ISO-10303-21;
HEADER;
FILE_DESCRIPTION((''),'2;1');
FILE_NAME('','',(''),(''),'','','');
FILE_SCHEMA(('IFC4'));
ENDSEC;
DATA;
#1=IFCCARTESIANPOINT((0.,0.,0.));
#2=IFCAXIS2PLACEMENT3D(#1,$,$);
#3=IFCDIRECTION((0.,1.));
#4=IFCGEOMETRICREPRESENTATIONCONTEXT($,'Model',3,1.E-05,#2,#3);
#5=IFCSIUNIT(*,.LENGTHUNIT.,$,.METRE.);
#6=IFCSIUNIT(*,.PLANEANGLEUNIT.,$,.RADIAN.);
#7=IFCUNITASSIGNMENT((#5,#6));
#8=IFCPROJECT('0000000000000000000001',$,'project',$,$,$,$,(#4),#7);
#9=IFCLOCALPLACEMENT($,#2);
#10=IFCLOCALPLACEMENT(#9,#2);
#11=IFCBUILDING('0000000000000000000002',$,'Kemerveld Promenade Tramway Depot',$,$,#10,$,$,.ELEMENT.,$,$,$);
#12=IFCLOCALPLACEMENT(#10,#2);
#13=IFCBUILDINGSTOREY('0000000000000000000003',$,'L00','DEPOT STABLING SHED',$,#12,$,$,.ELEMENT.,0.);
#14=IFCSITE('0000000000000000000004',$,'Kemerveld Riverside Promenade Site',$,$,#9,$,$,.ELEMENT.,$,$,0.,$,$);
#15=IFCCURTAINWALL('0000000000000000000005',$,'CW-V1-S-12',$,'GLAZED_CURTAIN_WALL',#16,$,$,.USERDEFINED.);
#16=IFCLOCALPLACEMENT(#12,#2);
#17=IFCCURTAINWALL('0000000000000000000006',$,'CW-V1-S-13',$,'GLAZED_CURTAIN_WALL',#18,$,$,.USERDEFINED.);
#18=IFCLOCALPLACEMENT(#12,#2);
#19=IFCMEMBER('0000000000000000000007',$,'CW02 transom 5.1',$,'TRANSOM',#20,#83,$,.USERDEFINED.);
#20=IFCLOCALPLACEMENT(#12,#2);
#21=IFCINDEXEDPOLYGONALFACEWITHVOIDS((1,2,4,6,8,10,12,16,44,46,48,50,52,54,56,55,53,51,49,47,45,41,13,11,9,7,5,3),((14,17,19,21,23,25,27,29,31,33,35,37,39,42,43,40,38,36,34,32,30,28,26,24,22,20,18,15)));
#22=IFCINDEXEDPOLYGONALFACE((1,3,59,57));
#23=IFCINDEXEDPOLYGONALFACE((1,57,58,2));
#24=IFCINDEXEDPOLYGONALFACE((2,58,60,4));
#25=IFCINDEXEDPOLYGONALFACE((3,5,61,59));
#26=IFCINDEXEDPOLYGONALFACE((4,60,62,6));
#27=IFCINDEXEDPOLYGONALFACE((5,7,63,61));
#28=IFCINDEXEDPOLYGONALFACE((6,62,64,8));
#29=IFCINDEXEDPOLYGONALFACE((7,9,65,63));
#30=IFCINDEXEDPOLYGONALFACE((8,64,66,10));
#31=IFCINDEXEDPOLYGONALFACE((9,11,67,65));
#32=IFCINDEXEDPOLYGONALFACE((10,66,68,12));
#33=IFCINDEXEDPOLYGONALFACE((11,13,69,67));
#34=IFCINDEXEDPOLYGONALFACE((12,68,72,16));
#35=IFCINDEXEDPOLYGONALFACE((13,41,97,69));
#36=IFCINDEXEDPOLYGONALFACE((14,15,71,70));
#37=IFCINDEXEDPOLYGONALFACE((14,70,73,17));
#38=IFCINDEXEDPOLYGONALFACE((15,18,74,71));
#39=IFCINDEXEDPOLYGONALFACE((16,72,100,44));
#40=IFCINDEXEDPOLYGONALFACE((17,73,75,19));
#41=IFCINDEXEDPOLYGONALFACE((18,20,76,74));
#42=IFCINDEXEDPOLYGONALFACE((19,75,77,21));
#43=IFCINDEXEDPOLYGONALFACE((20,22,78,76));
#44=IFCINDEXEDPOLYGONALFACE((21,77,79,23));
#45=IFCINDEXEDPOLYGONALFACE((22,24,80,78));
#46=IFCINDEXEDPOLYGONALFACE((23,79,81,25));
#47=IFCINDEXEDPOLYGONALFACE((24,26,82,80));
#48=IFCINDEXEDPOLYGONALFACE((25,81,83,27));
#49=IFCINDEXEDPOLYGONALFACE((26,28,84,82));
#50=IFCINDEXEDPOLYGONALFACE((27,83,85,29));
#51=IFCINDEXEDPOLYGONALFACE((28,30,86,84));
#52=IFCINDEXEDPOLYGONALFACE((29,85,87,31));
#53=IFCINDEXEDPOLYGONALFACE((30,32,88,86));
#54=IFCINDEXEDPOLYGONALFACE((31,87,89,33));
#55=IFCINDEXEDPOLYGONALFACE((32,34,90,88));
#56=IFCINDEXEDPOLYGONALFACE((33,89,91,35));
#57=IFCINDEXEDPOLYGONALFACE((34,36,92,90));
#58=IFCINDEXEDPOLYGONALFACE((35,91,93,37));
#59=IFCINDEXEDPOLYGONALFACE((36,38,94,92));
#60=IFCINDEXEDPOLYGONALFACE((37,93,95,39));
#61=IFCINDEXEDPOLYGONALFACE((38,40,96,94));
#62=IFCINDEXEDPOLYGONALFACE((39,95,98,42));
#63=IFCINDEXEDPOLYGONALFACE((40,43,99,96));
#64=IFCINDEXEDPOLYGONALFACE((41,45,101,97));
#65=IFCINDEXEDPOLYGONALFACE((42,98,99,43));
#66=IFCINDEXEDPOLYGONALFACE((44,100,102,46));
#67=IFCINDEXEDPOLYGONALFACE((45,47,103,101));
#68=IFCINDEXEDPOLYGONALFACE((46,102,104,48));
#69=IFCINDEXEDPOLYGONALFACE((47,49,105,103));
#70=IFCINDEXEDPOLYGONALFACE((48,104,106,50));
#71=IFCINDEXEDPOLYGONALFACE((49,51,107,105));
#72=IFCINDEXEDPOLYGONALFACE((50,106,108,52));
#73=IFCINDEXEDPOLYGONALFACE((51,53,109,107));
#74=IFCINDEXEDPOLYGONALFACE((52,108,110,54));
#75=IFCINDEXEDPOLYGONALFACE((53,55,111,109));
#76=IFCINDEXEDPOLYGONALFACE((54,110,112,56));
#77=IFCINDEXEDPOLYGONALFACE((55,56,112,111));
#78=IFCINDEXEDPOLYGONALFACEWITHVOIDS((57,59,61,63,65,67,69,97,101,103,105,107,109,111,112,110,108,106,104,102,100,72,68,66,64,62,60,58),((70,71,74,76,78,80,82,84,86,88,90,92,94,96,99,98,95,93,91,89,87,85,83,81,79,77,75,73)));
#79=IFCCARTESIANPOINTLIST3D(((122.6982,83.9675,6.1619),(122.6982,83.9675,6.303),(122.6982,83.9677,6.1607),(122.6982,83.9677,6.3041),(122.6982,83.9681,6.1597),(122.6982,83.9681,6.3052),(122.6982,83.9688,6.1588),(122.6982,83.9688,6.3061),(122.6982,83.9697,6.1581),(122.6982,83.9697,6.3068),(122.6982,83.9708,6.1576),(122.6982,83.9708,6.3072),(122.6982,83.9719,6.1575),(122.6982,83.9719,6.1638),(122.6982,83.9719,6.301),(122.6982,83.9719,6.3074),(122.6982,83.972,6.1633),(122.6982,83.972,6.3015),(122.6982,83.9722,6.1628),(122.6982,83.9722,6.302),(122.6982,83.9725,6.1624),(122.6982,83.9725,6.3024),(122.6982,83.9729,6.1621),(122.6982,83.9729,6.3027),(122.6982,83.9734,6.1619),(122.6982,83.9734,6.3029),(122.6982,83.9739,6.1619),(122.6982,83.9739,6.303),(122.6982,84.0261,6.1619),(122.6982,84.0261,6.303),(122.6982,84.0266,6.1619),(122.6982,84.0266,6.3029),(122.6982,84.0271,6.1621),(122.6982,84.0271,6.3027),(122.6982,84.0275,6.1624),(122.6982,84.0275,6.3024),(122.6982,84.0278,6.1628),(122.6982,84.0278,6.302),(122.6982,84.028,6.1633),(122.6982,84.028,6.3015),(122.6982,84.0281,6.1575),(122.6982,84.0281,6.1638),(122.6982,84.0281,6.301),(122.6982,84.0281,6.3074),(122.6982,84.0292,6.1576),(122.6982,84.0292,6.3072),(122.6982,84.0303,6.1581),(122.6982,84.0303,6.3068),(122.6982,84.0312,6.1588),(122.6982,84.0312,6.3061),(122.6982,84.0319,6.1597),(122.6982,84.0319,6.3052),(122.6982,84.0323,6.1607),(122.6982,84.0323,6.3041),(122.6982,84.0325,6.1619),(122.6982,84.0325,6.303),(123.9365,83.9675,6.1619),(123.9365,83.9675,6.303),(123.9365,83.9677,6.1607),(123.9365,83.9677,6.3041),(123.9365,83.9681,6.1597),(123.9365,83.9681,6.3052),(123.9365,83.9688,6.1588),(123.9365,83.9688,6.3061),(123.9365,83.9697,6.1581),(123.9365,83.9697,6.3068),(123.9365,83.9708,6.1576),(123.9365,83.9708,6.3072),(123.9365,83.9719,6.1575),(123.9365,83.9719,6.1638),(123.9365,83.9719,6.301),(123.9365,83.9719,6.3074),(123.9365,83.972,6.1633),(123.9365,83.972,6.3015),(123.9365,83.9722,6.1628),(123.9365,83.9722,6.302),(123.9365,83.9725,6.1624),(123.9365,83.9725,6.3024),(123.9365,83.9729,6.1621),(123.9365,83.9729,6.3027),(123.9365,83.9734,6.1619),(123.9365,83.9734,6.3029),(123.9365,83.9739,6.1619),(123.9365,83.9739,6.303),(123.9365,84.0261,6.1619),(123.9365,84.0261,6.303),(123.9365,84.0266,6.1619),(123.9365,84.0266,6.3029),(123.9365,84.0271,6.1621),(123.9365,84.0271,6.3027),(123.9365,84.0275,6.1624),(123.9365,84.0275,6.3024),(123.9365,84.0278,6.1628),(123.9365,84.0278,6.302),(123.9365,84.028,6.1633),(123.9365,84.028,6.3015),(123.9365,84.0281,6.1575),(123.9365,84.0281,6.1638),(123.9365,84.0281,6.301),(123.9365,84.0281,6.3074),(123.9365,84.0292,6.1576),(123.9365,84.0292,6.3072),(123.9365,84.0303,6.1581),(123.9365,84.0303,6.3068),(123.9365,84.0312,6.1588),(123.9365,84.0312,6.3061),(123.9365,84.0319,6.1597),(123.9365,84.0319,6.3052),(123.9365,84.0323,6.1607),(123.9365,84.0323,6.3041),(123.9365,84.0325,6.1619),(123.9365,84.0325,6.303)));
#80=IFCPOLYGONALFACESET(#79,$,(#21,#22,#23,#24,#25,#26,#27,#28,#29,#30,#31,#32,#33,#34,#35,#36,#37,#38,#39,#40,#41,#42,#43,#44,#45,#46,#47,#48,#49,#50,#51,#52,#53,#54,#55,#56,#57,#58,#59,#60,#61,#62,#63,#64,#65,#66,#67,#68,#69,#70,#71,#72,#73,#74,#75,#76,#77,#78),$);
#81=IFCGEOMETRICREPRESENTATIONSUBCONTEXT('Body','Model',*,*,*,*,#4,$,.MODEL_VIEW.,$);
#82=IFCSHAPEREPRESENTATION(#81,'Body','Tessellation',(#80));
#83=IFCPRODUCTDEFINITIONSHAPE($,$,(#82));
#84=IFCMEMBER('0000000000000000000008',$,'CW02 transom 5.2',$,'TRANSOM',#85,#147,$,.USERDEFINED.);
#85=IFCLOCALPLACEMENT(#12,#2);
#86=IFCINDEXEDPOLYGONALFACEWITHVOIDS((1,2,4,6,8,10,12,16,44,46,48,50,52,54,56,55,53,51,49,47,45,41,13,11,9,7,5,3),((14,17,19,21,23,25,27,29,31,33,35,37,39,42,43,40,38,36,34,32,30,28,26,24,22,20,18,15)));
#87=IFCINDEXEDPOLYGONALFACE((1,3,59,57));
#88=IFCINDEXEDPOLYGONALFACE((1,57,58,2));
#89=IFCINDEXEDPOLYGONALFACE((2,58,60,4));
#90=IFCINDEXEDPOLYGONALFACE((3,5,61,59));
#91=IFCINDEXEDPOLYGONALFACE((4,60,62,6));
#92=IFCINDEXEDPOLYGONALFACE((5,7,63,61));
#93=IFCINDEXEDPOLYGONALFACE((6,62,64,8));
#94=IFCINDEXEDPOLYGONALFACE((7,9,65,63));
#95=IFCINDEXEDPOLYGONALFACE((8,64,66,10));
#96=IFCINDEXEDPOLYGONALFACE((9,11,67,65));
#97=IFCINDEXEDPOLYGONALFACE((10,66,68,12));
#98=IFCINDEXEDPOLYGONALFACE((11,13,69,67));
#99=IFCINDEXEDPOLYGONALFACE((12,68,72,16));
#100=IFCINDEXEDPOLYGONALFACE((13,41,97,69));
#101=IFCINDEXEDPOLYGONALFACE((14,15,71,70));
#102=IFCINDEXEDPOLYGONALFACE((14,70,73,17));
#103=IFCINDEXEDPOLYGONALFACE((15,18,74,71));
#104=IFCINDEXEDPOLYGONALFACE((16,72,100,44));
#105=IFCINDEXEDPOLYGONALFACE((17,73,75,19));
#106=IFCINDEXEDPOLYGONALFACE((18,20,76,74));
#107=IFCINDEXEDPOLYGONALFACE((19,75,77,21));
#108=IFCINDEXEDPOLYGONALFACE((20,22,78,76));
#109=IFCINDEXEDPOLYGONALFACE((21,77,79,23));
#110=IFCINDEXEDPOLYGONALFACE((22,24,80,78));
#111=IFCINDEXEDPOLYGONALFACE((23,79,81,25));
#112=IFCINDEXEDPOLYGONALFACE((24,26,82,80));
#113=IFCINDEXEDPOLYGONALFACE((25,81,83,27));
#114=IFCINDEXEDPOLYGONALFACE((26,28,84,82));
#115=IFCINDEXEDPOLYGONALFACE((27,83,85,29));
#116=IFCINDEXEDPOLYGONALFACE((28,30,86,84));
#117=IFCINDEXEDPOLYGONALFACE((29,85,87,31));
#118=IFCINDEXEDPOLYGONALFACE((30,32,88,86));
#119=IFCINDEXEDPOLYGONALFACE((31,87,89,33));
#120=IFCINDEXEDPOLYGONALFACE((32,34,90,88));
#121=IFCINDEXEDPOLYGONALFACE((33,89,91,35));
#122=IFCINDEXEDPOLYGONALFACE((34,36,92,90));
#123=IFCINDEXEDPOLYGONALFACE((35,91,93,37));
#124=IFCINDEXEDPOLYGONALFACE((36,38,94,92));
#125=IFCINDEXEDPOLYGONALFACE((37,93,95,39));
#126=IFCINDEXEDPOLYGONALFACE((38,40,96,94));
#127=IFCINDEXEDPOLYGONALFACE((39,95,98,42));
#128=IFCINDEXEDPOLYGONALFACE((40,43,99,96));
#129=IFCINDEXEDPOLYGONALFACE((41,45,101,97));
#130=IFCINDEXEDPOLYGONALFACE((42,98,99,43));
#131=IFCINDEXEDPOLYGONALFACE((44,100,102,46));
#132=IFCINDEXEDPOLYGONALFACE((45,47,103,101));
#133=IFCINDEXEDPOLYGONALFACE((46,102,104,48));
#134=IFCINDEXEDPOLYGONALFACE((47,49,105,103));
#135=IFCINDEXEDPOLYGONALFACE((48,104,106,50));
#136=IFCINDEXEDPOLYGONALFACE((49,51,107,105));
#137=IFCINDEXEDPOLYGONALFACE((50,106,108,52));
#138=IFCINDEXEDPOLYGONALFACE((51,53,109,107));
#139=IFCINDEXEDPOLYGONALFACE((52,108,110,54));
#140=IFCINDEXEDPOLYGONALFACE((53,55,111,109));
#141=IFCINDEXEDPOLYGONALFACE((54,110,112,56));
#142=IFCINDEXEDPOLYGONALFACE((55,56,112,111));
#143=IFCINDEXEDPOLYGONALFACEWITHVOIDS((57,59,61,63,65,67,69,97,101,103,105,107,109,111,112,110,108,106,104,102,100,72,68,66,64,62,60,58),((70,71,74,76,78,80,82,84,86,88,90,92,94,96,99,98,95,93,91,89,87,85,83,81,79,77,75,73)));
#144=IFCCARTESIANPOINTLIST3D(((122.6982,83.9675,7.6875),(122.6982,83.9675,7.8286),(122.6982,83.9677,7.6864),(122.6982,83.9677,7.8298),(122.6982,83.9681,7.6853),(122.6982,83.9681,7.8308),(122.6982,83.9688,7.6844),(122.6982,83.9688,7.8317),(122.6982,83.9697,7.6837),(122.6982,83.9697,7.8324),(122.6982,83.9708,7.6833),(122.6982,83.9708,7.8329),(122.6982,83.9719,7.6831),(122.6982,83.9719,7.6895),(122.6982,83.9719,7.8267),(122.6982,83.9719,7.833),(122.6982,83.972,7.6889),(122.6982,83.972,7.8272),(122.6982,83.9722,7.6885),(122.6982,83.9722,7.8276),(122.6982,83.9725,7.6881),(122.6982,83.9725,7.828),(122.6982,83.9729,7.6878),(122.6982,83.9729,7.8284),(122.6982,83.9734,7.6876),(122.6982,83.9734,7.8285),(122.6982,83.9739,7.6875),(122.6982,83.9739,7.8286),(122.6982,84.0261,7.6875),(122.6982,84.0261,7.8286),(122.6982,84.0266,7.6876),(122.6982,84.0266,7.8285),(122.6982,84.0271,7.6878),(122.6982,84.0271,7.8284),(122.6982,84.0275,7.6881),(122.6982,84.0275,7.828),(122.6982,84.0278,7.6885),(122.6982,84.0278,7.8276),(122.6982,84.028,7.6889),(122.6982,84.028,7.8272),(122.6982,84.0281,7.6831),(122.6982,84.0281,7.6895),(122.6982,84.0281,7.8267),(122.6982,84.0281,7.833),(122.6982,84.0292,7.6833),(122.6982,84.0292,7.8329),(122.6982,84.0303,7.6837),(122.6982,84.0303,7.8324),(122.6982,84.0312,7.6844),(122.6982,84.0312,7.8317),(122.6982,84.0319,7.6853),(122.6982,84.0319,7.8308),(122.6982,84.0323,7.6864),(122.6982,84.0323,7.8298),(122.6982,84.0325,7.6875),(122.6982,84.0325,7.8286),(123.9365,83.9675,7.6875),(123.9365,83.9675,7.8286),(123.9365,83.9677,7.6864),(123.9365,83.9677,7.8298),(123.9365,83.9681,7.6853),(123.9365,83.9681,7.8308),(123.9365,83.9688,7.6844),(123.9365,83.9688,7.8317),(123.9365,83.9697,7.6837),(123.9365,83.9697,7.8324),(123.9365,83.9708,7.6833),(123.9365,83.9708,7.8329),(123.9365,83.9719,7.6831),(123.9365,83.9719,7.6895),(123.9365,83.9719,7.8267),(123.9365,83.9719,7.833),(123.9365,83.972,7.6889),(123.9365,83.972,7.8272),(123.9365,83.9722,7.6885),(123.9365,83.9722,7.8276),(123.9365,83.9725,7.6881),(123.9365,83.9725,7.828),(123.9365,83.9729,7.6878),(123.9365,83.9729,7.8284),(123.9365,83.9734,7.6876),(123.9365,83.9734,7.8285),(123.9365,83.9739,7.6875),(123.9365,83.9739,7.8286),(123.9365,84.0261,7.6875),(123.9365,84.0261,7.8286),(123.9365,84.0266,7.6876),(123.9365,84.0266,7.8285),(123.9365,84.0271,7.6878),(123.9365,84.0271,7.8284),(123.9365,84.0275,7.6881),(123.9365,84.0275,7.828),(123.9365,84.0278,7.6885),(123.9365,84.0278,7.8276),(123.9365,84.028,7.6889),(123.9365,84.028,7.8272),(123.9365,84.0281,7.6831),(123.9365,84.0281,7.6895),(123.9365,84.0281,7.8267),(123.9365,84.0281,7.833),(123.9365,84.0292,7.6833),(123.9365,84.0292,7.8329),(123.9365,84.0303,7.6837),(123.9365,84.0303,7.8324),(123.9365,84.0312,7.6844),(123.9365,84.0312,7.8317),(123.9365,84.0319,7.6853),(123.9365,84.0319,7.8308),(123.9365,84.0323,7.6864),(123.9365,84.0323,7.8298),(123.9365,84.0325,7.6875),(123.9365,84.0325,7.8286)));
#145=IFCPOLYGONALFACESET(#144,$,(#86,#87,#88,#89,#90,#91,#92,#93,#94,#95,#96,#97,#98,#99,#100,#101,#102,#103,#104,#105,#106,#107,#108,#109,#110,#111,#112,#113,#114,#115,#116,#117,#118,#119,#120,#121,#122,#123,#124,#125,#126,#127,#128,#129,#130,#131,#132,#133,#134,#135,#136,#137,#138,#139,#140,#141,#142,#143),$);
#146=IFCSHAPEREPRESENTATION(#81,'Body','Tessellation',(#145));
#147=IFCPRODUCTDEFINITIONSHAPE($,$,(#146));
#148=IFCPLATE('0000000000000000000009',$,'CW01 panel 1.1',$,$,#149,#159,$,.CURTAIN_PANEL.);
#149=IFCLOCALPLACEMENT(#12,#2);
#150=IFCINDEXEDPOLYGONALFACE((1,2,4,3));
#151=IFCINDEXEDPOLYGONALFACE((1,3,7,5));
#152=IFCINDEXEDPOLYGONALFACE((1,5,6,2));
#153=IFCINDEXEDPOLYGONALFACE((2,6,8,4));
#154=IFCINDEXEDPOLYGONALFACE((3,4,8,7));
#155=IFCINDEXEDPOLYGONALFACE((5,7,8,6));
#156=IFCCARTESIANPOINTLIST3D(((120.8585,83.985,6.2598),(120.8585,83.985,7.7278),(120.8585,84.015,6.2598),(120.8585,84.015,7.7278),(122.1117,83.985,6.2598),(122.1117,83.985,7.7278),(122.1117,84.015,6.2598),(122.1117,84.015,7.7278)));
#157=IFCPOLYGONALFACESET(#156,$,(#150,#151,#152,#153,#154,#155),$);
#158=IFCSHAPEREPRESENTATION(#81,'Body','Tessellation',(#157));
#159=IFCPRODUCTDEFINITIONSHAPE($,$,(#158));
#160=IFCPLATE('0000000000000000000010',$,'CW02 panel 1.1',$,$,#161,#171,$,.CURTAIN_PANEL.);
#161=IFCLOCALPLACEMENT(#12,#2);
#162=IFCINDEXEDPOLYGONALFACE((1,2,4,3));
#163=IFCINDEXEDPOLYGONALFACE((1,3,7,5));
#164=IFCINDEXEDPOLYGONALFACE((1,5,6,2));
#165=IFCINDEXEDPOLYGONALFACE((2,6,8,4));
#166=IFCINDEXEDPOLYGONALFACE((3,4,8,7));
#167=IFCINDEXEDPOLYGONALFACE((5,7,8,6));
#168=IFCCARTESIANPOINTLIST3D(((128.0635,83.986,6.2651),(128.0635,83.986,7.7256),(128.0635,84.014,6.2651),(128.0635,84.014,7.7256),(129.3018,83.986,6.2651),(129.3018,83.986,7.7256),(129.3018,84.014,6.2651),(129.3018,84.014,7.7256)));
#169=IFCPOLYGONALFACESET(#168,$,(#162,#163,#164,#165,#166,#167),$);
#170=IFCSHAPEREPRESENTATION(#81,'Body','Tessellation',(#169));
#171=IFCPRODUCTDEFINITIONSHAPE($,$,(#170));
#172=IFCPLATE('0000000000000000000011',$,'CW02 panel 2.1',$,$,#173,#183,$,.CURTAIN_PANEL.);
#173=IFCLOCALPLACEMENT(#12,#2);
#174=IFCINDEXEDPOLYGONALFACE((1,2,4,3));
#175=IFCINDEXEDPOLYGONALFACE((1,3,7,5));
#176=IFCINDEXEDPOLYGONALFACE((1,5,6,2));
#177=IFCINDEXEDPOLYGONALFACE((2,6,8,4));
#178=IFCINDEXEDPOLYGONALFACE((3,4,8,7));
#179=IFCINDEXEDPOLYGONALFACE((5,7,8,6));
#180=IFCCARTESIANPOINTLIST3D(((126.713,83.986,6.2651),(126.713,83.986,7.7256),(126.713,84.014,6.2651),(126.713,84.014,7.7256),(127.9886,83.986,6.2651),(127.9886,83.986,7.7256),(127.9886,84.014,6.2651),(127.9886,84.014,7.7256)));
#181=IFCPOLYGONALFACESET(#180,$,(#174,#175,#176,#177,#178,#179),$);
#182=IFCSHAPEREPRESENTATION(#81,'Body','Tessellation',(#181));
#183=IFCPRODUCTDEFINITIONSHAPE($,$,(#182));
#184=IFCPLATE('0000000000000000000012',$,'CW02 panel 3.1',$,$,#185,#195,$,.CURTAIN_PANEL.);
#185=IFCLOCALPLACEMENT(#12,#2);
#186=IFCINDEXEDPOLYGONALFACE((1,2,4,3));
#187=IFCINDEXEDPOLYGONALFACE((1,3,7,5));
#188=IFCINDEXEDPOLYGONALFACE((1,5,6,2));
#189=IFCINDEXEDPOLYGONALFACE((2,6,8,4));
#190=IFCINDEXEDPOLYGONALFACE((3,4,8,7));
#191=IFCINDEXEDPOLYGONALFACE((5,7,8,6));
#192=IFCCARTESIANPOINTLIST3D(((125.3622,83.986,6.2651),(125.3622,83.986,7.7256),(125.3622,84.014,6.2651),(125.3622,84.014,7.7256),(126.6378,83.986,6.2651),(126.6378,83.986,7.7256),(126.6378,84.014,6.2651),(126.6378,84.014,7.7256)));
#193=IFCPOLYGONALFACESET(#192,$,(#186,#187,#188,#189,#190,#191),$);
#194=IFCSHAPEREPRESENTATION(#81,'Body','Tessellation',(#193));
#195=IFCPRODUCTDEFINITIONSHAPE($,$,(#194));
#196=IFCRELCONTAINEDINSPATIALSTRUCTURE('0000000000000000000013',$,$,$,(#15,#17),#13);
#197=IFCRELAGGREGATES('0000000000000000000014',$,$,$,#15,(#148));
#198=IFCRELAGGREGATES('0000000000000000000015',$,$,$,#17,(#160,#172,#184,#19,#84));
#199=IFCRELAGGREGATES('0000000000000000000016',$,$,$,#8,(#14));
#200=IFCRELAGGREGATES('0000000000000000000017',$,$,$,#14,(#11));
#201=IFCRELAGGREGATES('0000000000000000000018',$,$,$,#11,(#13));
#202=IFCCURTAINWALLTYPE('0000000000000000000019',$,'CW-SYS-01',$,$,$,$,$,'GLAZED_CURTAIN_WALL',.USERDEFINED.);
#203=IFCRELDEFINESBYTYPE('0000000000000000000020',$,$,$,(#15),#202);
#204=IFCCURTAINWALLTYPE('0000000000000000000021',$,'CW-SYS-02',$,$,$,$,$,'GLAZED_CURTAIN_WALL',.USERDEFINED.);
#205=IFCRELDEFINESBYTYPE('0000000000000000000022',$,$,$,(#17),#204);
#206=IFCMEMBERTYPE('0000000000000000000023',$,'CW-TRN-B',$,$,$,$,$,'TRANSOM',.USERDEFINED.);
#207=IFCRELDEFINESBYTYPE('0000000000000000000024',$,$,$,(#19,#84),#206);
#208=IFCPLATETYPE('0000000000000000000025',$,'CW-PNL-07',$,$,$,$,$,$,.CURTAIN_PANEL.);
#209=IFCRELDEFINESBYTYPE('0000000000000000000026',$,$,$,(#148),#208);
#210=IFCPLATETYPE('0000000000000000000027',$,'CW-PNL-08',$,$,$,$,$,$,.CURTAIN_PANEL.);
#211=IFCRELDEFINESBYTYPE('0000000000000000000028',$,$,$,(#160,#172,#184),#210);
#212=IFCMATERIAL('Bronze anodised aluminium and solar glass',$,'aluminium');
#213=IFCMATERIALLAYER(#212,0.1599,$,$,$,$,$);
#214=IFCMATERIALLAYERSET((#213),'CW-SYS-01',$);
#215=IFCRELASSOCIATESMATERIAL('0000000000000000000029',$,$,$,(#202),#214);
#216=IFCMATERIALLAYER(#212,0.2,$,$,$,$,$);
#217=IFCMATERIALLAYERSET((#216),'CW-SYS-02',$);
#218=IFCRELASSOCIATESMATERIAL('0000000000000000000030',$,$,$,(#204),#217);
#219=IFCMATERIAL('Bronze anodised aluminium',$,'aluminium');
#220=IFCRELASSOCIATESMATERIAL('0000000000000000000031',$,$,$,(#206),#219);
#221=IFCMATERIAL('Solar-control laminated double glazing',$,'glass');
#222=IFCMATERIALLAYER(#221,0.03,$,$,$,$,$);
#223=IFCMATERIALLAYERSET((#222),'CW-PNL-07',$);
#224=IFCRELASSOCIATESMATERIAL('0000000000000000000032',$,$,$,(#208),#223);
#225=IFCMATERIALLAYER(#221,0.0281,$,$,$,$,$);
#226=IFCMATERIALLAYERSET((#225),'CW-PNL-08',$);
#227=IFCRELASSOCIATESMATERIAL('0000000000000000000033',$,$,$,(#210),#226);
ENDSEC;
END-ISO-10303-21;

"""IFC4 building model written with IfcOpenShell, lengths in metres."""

from ifc_helpers import new_model, si_unit, direction, frame, origin, origin_2d, place, context, subcontext, project, spatial, rectangle, hollow_rectangle, extrude, material, layer, layer_set, material_profile, profile_set, type_object, element, aggregate, save


model = new_model("IFC4")

# Units and contexts
model_context = context("Model", 3, precision=1e-05, world=origin(), true_north=direction((0.0, 1.0)))
body_context = subcontext(model_context, "Body", "Model", "MODEL_VIEW")
ifc_project = project(units=[si_unit("LENGTHUNIT", "METRE"), si_unit("PLANEANGLEUNIT", "RADIAN")], contexts=[model_context])

# Site, building, storey
site_placement = place(None, origin())
site = spatial("IfcSite", under=ifc_project, at=site_placement, Name="Kemerveld Riverside Promenade Site", CompositionType="ELEMENT", RefElevation=0.0)
building_placement = place(site_placement, origin())
building = spatial("IfcBuilding", under=site, at=building_placement, Name="Kemerveld Promenade Tramway Depot", CompositionType="ELEMENT")
storey_placement = place(building_placement, origin())
storey = spatial("IfcBuildingStorey", under=building, at=storey_placement, Name="L00", Description="DEPOT STABLING SHED", CompositionType="ELEMENT", Elevation=0.0)

# Curtain wall
ifc_material_1 = material(Name="Bronze anodised aluminium and solar glass", Category="aluminium")
ifc_layer_1 = layer(ifc_material_1, 0.1599)
ifc_layer_set_1 = layer_set([ifc_layer_1], Name="CW-SYS-01")
curtain_wall_type_1 = type_object("IfcCurtainWallType", Name="CW-SYS-01", ElementType="GLAZED_CURTAIN_WALL", PredefinedType="USERDEFINED", material=ifc_layer_set_1)
curtain_wall_1_placement = place(storey_placement, origin())
curtain_wall_1 = element("IfcCurtainWall", 1, at=curtain_wall_1_placement, inside=storey, type_object=curtain_wall_type_1, Name="CW-V1-S-12", ObjectType="GLAZED_CURTAIN_WALL", PredefinedType="USERDEFINED")
ifc_material_2 = material(Name="Bronze anodised aluminium", Category="aluminium")

# Curtain wall
ifc_layer_2 = layer(ifc_material_1, 0.2)
ifc_layer_set_2 = layer_set([ifc_layer_2], Name="CW-SYS-02")
curtain_wall_type_2 = type_object("IfcCurtainWallType", Name="CW-SYS-02", ElementType="GLAZED_CURTAIN_WALL", PredefinedType="USERDEFINED", material=ifc_layer_set_2)
curtain_wall_2_placement = place(storey_placement, origin())
curtain_wall_2 = element("IfcCurtainWall", 2, at=curtain_wall_2_placement, inside=storey, type_object=curtain_wall_type_2, Name="CW-V1-S-13", ObjectType="GLAZED_CURTAIN_WALL", PredefinedType="USERDEFINED")

# Members
ifc_material_profile_1 = material_profile(ifc_material_2, hollow_rectangle(XDim=0.0649, YDim=0.1499, WallThickness=0.0044, InnerFilletRadius=0.002, OuterFilletRadius=0.0044, at=origin_2d()), Name="CW-TRN-150x65")
ifc_profile_set_1 = profile_set([ifc_material_profile_1], Name="Bronze anodised aluminium")
member_type_1 = type_object("IfcMemberType", Name="CW-TRN-B", ElementType="TRANSOM", PredefinedType="USERDEFINED", material=ifc_profile_set_1)
member_1_placement = place(storey_placement, frame((123.9365, 84.0, 6.2324), z_axis=(-1.0, 0.0, 0.0), x_axis=(0.0, -1.0, 0.0)))
member_1 = element("IfcMember", 3, at=member_1_placement, type_object=member_type_1, Name="CW02 transom 5.1", ObjectType="TRANSOM", PredefinedType="USERDEFINED", context=body_context, shape_type="SweptSolid", body=[
    extrude(hollow_rectangle(XDim=0.0649, YDim=0.1499, WallThickness=0.0044, InnerFilletRadius=0.002, OuterFilletRadius=0.0044, at=origin_2d()), origin(), (0.0, 0.0, 1.0), 1.2383),
])
member_2_placement = place(storey_placement, frame((123.9365, 84.0, 7.7581), z_axis=(-1.0, 0.0, 0.0), x_axis=(0.0, -1.0, 0.0)))
member_2 = element("IfcMember", 4, at=member_2_placement, type_object=member_type_1, Name="CW02 transom 5.2", ObjectType="TRANSOM", PredefinedType="USERDEFINED", context=body_context, shape_type="SweptSolid", body=[
    extrude(hollow_rectangle(XDim=0.0649, YDim=0.1499, WallThickness=0.0044, InnerFilletRadius=0.002, OuterFilletRadius=0.0044, at=origin_2d()), origin(), (0.0, 0.0, 1.0), 1.2383),
])

# Plates
ifc_material_3 = material(Name="Solar-control laminated double glazing", Category="glass")
ifc_layer_3 = layer(ifc_material_3, 0.03)
ifc_layer_set_3 = layer_set([ifc_layer_3], Name="CW-PNL-07")
plate_type_1 = type_object("IfcPlateType", Name="CW-PNL-07", PredefinedType="CURTAIN_PANEL", material=ifc_layer_set_3)
plate_1_placement = place(storey_placement, frame((121.4851, 84.0, 6.2598), z_axis=(0.0, 0.0, 1.0), x_axis=(-1.0, 0.0, 0.0)))
plate_1 = element("IfcPlate", 5, at=plate_1_placement, type_object=plate_type_1, Name="CW01 panel 1.1", PredefinedType="CURTAIN_PANEL", context=body_context, shape_type="SweptSolid", body=[
    extrude(rectangle(XDim=1.2532, YDim=0.03, at=origin_2d()), origin(), (0.0, 0.0, 1.0), 1.468),
])
aggregate(curtain_wall_1, [plate_1])
ifc_layer_4 = layer(ifc_material_3, 0.0281)
ifc_layer_set_4 = layer_set([ifc_layer_4], Name="CW-PNL-08")
plate_type_2 = type_object("IfcPlateType", Name="CW-PNL-08", PredefinedType="CURTAIN_PANEL", material=ifc_layer_set_4)
plate_2_placement = place(storey_placement, frame((128.6826, 84.0, 6.2651), z_axis=(0.0, 0.0, 1.0), x_axis=(-1.0, 0.0, 0.0)))
plate_2 = element("IfcPlate", 6, at=plate_2_placement, type_object=plate_type_2, Name="CW02 panel 1.1", PredefinedType="CURTAIN_PANEL", context=body_context, shape_type="SweptSolid", body=[
    extrude(rectangle(XDim=1.2383, YDim=0.0281, at=origin_2d()), origin(), (0.0, 0.0, 1.0), 1.4604),
])
plate_3_placement = place(storey_placement, frame((127.3508, 84.0, 6.2651), z_axis=(0.0, 0.0, 1.0), x_axis=(-1.0, 0.0, 0.0)))
plate_3 = element("IfcPlate", 7, at=plate_3_placement, type_object=plate_type_2, Name="CW02 panel 2.1", PredefinedType="CURTAIN_PANEL", context=body_context, shape_type="SweptSolid", body=[
    extrude(rectangle(XDim=1.2756, YDim=0.0281, at=origin_2d()), origin(), (0.0, 0.0, 1.0), 1.4604),
])
plate_4_placement = place(storey_placement, frame((126.0, 84.0, 6.2651), z_axis=(0.0, 0.0, 1.0), x_axis=(-1.0, 0.0, 0.0)))
plate_4 = element("IfcPlate", 8, at=plate_4_placement, type_object=plate_type_2, Name="CW02 panel 3.1", PredefinedType="CURTAIN_PANEL", context=body_context, shape_type="SweptSolid", body=[
    extrude(rectangle(XDim=1.2756, YDim=0.0281, at=origin_2d()), origin(), (0.0, 0.0, 1.0), 1.4604),
])
aggregate(curtain_wall_2, [plate_2, plate_3, plate_4, member_1, member_2])

save(model, "model.ifc")
